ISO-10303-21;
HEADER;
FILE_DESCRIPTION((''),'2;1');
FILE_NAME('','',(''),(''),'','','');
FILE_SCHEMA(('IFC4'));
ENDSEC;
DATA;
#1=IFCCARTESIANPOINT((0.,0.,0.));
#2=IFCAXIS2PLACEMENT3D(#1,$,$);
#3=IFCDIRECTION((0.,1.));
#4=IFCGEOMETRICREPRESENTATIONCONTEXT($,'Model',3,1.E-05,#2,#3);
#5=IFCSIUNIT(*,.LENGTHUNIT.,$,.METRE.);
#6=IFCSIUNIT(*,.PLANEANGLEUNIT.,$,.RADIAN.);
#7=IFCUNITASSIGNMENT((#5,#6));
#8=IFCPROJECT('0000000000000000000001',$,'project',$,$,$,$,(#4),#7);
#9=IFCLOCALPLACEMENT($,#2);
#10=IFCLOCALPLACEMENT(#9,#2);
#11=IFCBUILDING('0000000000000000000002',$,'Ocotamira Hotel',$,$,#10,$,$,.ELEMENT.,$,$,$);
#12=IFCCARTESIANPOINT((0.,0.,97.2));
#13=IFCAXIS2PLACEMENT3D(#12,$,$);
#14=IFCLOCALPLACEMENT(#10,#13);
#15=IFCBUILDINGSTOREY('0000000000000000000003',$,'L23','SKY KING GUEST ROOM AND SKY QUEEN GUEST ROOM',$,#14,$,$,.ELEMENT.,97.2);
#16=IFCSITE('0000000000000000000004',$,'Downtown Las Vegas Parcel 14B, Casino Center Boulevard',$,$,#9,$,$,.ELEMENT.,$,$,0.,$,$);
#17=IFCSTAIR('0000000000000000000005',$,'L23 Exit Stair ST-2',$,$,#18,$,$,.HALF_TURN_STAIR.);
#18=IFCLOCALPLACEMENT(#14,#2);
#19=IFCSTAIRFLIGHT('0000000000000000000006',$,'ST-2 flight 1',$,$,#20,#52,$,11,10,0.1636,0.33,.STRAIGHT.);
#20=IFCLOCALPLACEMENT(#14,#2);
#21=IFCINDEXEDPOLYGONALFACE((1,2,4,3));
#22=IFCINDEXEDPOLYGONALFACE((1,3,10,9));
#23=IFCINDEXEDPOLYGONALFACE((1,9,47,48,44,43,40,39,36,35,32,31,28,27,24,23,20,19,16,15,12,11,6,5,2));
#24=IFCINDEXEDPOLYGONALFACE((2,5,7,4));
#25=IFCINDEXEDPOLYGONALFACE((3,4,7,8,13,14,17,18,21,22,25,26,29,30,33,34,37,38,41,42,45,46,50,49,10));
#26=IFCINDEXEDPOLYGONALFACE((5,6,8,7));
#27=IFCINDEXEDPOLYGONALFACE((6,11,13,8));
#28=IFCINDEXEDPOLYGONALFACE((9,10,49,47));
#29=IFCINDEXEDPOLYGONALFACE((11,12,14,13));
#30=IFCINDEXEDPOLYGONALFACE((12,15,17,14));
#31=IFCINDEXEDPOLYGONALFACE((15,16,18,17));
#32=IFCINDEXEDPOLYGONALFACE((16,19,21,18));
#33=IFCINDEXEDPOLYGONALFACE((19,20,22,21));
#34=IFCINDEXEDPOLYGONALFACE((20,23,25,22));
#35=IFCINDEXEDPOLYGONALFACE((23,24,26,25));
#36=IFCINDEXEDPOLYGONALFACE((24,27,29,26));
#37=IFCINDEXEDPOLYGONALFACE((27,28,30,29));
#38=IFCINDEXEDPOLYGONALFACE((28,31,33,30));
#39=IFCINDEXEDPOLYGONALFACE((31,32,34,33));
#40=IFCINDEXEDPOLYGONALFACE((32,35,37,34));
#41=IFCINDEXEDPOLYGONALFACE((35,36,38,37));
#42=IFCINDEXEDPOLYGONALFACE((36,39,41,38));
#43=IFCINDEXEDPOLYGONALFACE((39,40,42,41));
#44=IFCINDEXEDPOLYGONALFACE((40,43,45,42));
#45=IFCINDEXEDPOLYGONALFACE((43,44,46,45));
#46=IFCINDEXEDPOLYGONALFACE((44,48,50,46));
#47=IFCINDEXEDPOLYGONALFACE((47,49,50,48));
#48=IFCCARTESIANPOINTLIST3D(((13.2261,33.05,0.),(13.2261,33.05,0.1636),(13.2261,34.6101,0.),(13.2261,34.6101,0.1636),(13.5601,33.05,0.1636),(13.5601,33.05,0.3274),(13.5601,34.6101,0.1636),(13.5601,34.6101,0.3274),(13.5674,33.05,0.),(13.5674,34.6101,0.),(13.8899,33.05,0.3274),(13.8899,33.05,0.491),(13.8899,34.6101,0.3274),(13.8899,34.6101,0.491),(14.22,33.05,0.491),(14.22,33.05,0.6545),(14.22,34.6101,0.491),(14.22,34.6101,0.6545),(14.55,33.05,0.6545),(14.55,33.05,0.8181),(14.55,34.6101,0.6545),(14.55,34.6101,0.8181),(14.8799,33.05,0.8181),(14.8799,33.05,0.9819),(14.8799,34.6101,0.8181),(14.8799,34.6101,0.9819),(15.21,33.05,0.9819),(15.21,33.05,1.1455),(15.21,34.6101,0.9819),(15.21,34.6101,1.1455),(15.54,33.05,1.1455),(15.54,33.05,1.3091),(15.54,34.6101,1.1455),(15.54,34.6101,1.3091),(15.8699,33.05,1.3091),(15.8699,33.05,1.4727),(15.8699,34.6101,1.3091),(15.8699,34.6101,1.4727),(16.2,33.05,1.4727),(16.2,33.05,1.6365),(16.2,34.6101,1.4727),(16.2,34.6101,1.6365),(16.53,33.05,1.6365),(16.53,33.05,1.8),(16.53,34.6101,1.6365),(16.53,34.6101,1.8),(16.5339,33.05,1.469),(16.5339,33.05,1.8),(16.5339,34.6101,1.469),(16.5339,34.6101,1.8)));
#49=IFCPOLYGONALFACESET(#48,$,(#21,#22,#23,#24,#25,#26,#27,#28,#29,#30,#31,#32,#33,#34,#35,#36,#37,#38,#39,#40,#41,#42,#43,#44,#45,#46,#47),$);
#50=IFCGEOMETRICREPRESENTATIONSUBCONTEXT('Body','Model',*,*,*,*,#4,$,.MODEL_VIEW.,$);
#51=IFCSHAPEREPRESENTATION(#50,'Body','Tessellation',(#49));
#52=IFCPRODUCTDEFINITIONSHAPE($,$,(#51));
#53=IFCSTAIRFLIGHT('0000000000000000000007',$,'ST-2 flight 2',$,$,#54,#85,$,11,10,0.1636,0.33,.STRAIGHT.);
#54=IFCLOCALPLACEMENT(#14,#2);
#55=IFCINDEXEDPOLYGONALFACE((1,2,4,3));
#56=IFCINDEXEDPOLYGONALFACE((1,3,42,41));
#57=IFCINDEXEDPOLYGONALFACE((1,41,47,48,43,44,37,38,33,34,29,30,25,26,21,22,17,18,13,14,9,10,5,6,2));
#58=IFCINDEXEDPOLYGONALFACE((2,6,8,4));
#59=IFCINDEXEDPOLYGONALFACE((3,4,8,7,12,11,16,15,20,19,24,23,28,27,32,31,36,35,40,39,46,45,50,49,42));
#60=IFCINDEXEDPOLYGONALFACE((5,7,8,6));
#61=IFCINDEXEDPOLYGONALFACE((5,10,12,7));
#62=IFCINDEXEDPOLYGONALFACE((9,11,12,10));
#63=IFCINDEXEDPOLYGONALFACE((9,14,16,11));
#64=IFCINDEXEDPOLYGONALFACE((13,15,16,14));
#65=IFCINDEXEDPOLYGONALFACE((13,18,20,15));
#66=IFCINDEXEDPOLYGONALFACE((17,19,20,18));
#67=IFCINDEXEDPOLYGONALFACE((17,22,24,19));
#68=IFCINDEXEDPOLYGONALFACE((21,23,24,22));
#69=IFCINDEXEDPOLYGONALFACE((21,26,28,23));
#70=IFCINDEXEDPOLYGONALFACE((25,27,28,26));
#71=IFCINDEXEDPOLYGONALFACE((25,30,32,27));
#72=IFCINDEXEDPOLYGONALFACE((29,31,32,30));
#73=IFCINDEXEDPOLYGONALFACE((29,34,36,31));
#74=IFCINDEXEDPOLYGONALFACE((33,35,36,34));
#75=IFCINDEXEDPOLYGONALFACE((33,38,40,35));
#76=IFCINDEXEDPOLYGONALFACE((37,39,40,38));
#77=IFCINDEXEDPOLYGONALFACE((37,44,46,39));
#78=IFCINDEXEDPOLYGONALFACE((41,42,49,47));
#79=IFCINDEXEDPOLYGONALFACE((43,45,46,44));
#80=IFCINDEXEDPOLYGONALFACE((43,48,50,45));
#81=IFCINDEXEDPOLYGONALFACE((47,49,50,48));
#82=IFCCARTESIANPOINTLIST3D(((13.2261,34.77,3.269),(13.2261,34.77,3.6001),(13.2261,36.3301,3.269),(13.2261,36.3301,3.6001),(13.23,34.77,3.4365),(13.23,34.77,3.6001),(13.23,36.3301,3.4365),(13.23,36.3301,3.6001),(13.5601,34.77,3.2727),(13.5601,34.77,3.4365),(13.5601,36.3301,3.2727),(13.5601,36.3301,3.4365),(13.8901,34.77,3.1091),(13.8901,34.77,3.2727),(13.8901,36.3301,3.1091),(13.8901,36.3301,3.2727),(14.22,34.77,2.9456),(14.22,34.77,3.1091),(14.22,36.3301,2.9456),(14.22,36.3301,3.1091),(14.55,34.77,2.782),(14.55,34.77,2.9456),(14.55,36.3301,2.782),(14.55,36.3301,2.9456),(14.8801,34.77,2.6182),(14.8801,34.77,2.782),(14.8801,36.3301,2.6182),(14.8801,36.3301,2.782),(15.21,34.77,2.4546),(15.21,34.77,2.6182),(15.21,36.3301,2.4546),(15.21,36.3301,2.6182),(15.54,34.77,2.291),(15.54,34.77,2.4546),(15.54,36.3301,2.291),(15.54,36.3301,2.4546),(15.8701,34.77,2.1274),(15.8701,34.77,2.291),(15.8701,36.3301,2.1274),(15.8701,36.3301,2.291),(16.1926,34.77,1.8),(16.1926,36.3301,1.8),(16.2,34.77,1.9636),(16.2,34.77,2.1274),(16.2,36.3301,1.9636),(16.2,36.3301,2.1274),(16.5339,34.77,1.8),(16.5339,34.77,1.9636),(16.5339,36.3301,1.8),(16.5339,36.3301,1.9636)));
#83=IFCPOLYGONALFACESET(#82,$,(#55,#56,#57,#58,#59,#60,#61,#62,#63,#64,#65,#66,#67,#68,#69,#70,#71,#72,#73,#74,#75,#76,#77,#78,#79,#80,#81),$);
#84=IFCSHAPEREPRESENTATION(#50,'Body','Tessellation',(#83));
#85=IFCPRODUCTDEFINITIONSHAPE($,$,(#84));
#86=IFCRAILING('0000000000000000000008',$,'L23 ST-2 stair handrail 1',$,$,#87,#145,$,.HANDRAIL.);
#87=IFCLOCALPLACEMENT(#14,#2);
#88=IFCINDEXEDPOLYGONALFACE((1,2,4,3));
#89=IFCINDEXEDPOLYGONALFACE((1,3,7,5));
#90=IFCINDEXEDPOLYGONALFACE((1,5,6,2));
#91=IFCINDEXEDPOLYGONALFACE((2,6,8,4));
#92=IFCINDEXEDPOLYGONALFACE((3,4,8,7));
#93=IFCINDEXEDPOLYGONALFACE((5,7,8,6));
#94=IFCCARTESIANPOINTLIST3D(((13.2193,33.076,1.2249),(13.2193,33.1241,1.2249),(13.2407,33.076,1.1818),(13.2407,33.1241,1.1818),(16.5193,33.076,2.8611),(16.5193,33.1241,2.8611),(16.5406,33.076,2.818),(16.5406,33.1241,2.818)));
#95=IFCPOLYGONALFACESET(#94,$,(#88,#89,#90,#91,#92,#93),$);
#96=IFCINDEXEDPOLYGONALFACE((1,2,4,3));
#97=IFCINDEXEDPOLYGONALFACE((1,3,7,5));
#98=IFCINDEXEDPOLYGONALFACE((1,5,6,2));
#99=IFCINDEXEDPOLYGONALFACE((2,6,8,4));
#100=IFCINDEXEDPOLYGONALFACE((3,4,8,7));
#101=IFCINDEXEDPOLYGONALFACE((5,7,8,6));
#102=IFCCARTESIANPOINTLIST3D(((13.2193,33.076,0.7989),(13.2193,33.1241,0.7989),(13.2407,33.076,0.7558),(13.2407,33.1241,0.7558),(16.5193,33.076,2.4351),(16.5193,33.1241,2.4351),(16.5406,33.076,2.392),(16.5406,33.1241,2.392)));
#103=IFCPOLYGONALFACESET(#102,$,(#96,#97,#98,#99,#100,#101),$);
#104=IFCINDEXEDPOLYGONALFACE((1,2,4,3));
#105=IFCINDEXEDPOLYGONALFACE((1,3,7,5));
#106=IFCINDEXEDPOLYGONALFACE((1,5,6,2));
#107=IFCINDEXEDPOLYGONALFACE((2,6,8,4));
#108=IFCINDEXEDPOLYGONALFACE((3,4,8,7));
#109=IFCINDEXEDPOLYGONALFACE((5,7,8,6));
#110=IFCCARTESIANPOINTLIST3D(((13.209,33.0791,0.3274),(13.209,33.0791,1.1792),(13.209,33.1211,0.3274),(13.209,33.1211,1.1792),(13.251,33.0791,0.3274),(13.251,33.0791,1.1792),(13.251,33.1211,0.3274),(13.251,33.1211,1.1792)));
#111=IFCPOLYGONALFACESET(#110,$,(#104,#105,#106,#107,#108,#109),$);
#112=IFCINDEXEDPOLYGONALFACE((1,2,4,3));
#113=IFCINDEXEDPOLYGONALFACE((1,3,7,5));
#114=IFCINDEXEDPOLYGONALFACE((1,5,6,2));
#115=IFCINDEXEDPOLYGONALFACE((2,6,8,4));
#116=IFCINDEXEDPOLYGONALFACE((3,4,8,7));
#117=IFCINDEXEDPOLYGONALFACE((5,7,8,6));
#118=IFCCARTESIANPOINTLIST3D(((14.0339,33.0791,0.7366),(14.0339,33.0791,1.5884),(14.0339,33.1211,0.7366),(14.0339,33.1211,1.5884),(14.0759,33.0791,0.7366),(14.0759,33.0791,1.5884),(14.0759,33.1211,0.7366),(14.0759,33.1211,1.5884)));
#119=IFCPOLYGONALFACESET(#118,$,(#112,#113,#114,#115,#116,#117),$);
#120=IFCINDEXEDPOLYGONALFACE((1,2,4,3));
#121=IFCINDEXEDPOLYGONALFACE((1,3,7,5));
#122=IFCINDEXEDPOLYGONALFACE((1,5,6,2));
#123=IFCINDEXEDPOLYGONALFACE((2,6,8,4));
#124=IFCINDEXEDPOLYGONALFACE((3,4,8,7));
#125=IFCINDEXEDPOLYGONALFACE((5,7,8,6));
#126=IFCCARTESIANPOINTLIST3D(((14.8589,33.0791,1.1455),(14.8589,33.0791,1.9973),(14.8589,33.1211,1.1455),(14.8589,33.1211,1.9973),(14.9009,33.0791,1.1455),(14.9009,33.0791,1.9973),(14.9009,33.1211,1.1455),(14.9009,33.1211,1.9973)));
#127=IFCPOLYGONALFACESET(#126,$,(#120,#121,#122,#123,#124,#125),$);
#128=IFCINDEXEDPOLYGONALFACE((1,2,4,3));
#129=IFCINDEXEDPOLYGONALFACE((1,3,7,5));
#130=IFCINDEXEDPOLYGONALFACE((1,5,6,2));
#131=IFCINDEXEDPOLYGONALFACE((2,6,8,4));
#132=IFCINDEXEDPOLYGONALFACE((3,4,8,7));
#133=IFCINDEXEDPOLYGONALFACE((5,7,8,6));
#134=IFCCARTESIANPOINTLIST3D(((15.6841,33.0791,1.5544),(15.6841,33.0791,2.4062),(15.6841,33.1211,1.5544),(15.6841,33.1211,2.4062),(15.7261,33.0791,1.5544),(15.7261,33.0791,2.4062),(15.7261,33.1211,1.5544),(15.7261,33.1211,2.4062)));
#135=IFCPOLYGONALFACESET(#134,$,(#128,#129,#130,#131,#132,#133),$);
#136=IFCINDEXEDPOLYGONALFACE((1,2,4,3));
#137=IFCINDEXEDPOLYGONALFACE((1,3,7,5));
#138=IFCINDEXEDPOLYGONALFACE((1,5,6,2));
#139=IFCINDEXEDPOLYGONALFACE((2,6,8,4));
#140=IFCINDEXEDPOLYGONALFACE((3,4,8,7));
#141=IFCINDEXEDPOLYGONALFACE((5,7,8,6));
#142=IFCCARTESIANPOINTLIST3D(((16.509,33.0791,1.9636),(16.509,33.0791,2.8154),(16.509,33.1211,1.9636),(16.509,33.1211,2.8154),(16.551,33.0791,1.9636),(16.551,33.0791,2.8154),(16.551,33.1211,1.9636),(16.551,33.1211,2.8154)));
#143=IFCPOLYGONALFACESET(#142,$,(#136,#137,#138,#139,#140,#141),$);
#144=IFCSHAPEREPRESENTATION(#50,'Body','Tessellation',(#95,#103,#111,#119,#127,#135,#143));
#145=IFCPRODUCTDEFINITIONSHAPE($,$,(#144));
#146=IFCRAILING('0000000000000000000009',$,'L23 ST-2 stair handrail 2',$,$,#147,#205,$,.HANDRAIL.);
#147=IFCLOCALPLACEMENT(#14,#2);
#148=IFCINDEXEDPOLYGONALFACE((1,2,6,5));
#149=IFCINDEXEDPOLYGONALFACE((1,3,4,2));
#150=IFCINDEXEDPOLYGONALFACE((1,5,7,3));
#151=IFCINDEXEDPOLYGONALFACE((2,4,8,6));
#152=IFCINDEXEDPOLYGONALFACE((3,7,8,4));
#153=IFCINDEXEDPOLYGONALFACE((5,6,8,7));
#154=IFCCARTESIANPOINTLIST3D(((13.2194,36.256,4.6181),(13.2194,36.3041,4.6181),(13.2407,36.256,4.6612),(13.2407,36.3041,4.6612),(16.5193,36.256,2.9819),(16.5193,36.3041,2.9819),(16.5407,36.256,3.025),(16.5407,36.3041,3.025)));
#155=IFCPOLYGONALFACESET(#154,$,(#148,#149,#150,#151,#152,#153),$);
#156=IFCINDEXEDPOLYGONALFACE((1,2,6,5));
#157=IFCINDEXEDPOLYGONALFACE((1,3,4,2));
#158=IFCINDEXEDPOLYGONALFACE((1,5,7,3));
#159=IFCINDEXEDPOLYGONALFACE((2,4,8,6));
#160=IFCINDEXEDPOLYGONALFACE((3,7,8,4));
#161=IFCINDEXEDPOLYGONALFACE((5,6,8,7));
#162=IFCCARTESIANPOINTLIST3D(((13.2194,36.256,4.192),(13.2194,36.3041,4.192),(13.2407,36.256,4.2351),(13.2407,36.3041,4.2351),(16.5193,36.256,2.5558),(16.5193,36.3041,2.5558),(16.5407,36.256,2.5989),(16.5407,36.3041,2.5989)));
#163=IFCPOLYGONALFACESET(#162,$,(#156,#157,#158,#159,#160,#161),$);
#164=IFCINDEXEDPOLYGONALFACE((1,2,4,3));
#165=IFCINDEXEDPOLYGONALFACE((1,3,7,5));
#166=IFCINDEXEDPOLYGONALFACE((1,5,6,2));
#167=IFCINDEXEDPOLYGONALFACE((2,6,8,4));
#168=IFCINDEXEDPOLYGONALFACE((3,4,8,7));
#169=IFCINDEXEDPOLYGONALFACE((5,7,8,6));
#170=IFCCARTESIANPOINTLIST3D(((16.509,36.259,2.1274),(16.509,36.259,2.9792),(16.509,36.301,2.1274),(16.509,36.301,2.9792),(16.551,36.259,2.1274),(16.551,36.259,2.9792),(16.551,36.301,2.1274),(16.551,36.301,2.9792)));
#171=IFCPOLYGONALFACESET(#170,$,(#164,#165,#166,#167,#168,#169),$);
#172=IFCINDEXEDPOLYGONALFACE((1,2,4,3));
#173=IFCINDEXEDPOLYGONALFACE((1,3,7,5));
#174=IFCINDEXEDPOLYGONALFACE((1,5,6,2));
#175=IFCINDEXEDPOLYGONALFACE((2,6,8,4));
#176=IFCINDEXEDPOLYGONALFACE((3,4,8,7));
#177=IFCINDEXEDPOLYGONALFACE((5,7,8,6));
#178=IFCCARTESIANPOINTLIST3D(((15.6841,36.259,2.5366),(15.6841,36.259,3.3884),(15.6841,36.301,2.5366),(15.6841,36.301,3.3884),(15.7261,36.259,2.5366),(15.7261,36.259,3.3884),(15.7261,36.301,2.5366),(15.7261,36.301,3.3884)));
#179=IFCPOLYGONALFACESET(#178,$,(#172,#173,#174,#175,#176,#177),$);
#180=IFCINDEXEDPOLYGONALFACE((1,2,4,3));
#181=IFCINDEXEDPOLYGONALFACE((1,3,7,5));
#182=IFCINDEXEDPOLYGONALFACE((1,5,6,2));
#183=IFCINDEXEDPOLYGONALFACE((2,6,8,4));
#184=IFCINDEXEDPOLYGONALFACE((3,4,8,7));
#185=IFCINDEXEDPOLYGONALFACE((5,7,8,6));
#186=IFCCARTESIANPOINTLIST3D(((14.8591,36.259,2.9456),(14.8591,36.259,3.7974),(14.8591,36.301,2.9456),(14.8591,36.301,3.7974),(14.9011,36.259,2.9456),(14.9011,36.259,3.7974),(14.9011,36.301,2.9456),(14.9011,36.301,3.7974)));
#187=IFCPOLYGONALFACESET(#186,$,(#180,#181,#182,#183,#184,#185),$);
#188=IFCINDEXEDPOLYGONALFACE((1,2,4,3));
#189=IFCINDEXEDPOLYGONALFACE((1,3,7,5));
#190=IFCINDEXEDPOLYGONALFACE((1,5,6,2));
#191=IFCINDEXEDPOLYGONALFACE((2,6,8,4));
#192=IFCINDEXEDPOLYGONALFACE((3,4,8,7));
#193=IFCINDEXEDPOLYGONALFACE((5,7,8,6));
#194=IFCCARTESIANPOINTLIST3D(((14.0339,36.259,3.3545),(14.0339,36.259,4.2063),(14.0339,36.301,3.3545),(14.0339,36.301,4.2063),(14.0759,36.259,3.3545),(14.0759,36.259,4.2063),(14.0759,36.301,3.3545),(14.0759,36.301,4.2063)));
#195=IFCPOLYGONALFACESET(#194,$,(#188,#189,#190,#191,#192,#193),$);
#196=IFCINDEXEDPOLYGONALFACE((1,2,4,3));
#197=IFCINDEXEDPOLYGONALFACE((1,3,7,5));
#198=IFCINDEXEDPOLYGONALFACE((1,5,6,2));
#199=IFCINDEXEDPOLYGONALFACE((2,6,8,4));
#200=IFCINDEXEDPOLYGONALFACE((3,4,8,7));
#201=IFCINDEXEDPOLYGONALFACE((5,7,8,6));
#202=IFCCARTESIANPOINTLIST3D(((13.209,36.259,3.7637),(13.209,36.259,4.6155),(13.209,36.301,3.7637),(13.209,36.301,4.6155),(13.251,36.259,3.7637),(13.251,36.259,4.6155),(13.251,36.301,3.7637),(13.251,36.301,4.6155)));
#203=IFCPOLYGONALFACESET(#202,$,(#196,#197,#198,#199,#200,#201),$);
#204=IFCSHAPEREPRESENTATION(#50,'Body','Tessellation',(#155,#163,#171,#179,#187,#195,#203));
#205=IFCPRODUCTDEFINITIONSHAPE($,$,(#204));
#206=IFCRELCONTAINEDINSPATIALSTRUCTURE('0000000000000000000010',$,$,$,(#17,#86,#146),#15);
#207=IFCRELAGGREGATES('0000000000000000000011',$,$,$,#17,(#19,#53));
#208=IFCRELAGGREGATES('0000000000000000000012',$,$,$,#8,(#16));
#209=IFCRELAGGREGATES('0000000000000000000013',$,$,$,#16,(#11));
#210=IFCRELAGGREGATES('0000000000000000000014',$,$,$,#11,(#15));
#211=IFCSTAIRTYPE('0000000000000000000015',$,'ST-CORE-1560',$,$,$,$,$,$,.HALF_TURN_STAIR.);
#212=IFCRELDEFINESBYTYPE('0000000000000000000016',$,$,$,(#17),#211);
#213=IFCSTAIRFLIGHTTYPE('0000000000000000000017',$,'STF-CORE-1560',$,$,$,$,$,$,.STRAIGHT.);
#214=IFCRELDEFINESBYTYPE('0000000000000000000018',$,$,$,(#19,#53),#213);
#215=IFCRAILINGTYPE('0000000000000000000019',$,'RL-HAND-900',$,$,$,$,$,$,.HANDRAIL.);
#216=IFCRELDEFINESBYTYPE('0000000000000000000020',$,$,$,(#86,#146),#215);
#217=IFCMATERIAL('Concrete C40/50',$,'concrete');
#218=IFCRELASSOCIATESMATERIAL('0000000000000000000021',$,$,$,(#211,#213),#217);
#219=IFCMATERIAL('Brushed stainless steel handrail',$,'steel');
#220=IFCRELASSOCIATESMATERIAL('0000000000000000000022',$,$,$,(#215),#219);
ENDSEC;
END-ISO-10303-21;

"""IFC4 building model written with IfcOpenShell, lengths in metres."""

from ifc_helpers import new_model, si_unit, direction, frame, origin, origin_2d, place, context, subcontext, project, spatial, polyline, rectangle, outline, extrude, source, transform, mapped, material, type_object, element, aggregate, save


model = new_model("IFC4")

# Units and contexts
model_context = context("Model", 3, precision=1e-05, world=origin(), true_north=direction((0.0, 1.0)))
body_context = subcontext(model_context, "Body", "Model", "MODEL_VIEW")
ifc_project = project(units=[si_unit("LENGTHUNIT", "METRE"), si_unit("PLANEANGLEUNIT", "RADIAN")], contexts=[model_context])

# Site, building, storey
site_placement = place(None, origin())
site = spatial("IfcSite", under=ifc_project, at=site_placement, Name="Downtown Las Vegas Parcel 14B, Casino Center Boulevard", CompositionType="ELEMENT", RefElevation=0.0)
building_placement = place(site_placement, origin())
building = spatial("IfcBuilding", under=site, at=building_placement, Name="Ocotamira Hotel", CompositionType="ELEMENT")
storey_placement = place(building_placement, frame((0.0, 0.0, 97.2)))
storey = spatial("IfcBuildingStorey", under=building, at=storey_placement, Name="L23", Description="SKY KING GUEST ROOM AND SKY QUEEN GUEST ROOM", CompositionType="ELEMENT", Elevation=97.2)

# Stair, stair flights
ifc_material_1 = material(Name="Concrete C40/50", Category="concrete")
stair_type = type_object("IfcStairType", Name="ST-CORE-1560", PredefinedType="HALF_TURN_STAIR", material=ifc_material_1)
stair_placement = place(storey_placement, origin())
stair = element("IfcStair", 1, at=stair_placement, inside=storey, type_object=stair_type, Name="L23 Exit Stair ST-2", PredefinedType="HALF_TURN_STAIR")
stair_flight_type = type_object("IfcStairFlightType", Name="STF-CORE-1560", PredefinedType="STRAIGHT", material=ifc_material_1)
shared_shape_1 = source(origin(), body_context, "Body", "SweptSolid", [
    extrude(outline(polyline([(-0.0039, 0.0), (-0.0039, 0.1636), (0.3301, 0.1636), (0.3301, 0.3274), (0.6599, 0.3274), (0.6599, 0.491), (0.99, 0.491), (0.99, 0.6545), (1.3201, 0.6545), (1.3201, 0.8181), (1.6499, 0.8181), (1.6499, 0.9819), (1.98, 0.9819), (1.98, 1.1455), (2.3101, 1.1455), (2.3101, 1.3091), (2.6399, 1.3091), (2.6399, 1.4727), (2.97, 1.4727), (2.97, 1.6365), (3.3, 1.6365), (3.3, 1.8), (3.304, 1.8), (3.304, 1.469), (0.3374, 0.0), (-0.0039, 0.0)])), frame((0.0, 0.78, 0.0), z_axis=(0.0, -1.0, 0.0), x_axis=(1.0, 0.0, 0.0)), (0.0, 0.0, 1.0), 1.5601),
])
stair_flight_1_placement = place(storey_placement, frame((13.23, 33.8301, 0.0), z_axis=(0.0, 0.0, 1.0), x_axis=(1.0, 0.0, 0.0)))
stair_flight_1 = element("IfcStairFlight", 2, at=stair_flight_1_placement, type_object=stair_flight_type, Name="ST-2 flight 1", NumberOfRisers=11, NumberOfTreads=10, PredefinedType="STRAIGHT", RiserHeight=0.1636, TreadLength=0.33, context=body_context, shape_type="MappedRepresentation", body=[
    mapped(shared_shape_1, transform((0.0, 0.0, 0.0), scale=1.0)),
])
stair_flight_2_placement = place(storey_placement, frame((16.53, 35.55, 1.8), z_axis=(0.0, 0.0, 1.0), x_axis=(-1.0, 0.0, 0.0)))
stair_flight_2 = element("IfcStairFlight", 3, at=stair_flight_2_placement, type_object=stair_flight_type, Name="ST-2 flight 2", NumberOfRisers=11, NumberOfTreads=10, PredefinedType="STRAIGHT", RiserHeight=0.1636, TreadLength=0.33, context=body_context, shape_type="MappedRepresentation", body=[
    mapped(shared_shape_1, transform((0.0, 0.0, 0.0), scale=1.0)),
])
aggregate(stair, [stair_flight_1, stair_flight_2])

# Railings
ifc_material_2 = material(Name="Brushed stainless steel handrail", Category="steel")
railing_type_1 = type_object("IfcRailingType", Name="RL-HAND-900", PredefinedType="HANDRAIL", material=ifc_material_2)
railing_1_placement = place(storey_placement, frame((13.23, 33.1001, 0.3274)))
element("IfcRailing", 4, at=railing_1_placement, inside=storey, type_object=railing_type_1, Name="L23 ST-2 stair handrail 1", PredefinedType="HANDRAIL", context=body_context, shape_type="SweptSolid", body=[
    extrude(rectangle(XDim=0.0481, YDim=0.0481, at=origin_2d()), frame((0.0, 0.0, 0.876), z_axis=(0.89592, 0.0, 0.444215), x_axis=(0.0, 1.0, 0.0)), (0.0, 0.0, 1.0), 3.6833),
    extrude(rectangle(XDim=0.0481, YDim=0.0481, at=origin_2d()), frame((0.0, 0.0, 0.45), z_axis=(0.89592, 0.0, 0.444215), x_axis=(0.0, 1.0, 0.0)), (0.0, 0.0, 1.0), 3.6833),
    extrude(rectangle(XDim=0.042, YDim=0.042, at=origin_2d()), origin(), (0.0, 0.0, 1.0), 0.8518),
    extrude(rectangle(XDim=0.042, YDim=0.042, at=origin_2d()), frame((0.825, 0.0, 0.4092)), (0.0, 0.0, 1.0), 0.8518),
    extrude(rectangle(XDim=0.042, YDim=0.042, at=origin_2d()), frame((1.6499, 0.0, 0.8181)), (0.0, 0.0, 1.0), 0.8518),
    extrude(rectangle(XDim=0.042, YDim=0.042, at=origin_2d()), frame((2.4751, 0.0, 1.2271)), (0.0, 0.0, 1.0), 0.8518),
    extrude(rectangle(XDim=0.042, YDim=0.042, at=origin_2d()), frame((3.3, 0.0, 1.6362)), (0.0, 0.0, 1.0), 0.8518),
])
railing_2_placement = place(storey_placement, frame((16.53, 36.28, 2.1274)))
element("IfcRailing", 5, at=railing_2_placement, inside=storey, type_object=railing_type_1, Name="L23 ST-2 stair handrail 2", PredefinedType="HANDRAIL", context=body_context, shape_type="SweptSolid", body=[
    extrude(rectangle(XDim=0.0481, YDim=0.0481, at=origin_2d()), frame((0.0, 0.0, 0.876), z_axis=(-0.89592, 0.0, 0.444215), x_axis=(0.0, -1.0, 0.0)), (0.0, 0.0, 1.0), 3.6833),
    extrude(rectangle(XDim=0.0481, YDim=0.0481, at=origin_2d()), frame((0.0, 0.0, 0.45), z_axis=(-0.89592, 0.0, 0.444215), x_axis=(0.0, -1.0, 0.0)), (0.0, 0.0, 1.0), 3.6833),
    extrude(rectangle(XDim=0.042, YDim=0.042, at=origin_2d()), origin(), (0.0, 0.0, 1.0), 0.8518),
    extrude(rectangle(XDim=0.042, YDim=0.042, at=origin_2d()), frame((-0.825, 0.0, 0.4092)), (0.0, 0.0, 1.0), 0.8518),
    extrude(rectangle(XDim=0.042, YDim=0.042, at=origin_2d()), frame((-1.6499, 0.0, 0.8181)), (0.0, 0.0, 1.0), 0.8518),
    extrude(rectangle(XDim=0.042, YDim=0.042, at=origin_2d()), frame((-2.4751, 0.0, 1.2271)), (0.0, 0.0, 1.0), 0.8518),
    extrude(rectangle(XDim=0.042, YDim=0.042, at=origin_2d()), frame((-3.3, 0.0, 1.6362)), (0.0, 0.0, 1.0), 0.8518),
])

save(model, "model.ifc")
